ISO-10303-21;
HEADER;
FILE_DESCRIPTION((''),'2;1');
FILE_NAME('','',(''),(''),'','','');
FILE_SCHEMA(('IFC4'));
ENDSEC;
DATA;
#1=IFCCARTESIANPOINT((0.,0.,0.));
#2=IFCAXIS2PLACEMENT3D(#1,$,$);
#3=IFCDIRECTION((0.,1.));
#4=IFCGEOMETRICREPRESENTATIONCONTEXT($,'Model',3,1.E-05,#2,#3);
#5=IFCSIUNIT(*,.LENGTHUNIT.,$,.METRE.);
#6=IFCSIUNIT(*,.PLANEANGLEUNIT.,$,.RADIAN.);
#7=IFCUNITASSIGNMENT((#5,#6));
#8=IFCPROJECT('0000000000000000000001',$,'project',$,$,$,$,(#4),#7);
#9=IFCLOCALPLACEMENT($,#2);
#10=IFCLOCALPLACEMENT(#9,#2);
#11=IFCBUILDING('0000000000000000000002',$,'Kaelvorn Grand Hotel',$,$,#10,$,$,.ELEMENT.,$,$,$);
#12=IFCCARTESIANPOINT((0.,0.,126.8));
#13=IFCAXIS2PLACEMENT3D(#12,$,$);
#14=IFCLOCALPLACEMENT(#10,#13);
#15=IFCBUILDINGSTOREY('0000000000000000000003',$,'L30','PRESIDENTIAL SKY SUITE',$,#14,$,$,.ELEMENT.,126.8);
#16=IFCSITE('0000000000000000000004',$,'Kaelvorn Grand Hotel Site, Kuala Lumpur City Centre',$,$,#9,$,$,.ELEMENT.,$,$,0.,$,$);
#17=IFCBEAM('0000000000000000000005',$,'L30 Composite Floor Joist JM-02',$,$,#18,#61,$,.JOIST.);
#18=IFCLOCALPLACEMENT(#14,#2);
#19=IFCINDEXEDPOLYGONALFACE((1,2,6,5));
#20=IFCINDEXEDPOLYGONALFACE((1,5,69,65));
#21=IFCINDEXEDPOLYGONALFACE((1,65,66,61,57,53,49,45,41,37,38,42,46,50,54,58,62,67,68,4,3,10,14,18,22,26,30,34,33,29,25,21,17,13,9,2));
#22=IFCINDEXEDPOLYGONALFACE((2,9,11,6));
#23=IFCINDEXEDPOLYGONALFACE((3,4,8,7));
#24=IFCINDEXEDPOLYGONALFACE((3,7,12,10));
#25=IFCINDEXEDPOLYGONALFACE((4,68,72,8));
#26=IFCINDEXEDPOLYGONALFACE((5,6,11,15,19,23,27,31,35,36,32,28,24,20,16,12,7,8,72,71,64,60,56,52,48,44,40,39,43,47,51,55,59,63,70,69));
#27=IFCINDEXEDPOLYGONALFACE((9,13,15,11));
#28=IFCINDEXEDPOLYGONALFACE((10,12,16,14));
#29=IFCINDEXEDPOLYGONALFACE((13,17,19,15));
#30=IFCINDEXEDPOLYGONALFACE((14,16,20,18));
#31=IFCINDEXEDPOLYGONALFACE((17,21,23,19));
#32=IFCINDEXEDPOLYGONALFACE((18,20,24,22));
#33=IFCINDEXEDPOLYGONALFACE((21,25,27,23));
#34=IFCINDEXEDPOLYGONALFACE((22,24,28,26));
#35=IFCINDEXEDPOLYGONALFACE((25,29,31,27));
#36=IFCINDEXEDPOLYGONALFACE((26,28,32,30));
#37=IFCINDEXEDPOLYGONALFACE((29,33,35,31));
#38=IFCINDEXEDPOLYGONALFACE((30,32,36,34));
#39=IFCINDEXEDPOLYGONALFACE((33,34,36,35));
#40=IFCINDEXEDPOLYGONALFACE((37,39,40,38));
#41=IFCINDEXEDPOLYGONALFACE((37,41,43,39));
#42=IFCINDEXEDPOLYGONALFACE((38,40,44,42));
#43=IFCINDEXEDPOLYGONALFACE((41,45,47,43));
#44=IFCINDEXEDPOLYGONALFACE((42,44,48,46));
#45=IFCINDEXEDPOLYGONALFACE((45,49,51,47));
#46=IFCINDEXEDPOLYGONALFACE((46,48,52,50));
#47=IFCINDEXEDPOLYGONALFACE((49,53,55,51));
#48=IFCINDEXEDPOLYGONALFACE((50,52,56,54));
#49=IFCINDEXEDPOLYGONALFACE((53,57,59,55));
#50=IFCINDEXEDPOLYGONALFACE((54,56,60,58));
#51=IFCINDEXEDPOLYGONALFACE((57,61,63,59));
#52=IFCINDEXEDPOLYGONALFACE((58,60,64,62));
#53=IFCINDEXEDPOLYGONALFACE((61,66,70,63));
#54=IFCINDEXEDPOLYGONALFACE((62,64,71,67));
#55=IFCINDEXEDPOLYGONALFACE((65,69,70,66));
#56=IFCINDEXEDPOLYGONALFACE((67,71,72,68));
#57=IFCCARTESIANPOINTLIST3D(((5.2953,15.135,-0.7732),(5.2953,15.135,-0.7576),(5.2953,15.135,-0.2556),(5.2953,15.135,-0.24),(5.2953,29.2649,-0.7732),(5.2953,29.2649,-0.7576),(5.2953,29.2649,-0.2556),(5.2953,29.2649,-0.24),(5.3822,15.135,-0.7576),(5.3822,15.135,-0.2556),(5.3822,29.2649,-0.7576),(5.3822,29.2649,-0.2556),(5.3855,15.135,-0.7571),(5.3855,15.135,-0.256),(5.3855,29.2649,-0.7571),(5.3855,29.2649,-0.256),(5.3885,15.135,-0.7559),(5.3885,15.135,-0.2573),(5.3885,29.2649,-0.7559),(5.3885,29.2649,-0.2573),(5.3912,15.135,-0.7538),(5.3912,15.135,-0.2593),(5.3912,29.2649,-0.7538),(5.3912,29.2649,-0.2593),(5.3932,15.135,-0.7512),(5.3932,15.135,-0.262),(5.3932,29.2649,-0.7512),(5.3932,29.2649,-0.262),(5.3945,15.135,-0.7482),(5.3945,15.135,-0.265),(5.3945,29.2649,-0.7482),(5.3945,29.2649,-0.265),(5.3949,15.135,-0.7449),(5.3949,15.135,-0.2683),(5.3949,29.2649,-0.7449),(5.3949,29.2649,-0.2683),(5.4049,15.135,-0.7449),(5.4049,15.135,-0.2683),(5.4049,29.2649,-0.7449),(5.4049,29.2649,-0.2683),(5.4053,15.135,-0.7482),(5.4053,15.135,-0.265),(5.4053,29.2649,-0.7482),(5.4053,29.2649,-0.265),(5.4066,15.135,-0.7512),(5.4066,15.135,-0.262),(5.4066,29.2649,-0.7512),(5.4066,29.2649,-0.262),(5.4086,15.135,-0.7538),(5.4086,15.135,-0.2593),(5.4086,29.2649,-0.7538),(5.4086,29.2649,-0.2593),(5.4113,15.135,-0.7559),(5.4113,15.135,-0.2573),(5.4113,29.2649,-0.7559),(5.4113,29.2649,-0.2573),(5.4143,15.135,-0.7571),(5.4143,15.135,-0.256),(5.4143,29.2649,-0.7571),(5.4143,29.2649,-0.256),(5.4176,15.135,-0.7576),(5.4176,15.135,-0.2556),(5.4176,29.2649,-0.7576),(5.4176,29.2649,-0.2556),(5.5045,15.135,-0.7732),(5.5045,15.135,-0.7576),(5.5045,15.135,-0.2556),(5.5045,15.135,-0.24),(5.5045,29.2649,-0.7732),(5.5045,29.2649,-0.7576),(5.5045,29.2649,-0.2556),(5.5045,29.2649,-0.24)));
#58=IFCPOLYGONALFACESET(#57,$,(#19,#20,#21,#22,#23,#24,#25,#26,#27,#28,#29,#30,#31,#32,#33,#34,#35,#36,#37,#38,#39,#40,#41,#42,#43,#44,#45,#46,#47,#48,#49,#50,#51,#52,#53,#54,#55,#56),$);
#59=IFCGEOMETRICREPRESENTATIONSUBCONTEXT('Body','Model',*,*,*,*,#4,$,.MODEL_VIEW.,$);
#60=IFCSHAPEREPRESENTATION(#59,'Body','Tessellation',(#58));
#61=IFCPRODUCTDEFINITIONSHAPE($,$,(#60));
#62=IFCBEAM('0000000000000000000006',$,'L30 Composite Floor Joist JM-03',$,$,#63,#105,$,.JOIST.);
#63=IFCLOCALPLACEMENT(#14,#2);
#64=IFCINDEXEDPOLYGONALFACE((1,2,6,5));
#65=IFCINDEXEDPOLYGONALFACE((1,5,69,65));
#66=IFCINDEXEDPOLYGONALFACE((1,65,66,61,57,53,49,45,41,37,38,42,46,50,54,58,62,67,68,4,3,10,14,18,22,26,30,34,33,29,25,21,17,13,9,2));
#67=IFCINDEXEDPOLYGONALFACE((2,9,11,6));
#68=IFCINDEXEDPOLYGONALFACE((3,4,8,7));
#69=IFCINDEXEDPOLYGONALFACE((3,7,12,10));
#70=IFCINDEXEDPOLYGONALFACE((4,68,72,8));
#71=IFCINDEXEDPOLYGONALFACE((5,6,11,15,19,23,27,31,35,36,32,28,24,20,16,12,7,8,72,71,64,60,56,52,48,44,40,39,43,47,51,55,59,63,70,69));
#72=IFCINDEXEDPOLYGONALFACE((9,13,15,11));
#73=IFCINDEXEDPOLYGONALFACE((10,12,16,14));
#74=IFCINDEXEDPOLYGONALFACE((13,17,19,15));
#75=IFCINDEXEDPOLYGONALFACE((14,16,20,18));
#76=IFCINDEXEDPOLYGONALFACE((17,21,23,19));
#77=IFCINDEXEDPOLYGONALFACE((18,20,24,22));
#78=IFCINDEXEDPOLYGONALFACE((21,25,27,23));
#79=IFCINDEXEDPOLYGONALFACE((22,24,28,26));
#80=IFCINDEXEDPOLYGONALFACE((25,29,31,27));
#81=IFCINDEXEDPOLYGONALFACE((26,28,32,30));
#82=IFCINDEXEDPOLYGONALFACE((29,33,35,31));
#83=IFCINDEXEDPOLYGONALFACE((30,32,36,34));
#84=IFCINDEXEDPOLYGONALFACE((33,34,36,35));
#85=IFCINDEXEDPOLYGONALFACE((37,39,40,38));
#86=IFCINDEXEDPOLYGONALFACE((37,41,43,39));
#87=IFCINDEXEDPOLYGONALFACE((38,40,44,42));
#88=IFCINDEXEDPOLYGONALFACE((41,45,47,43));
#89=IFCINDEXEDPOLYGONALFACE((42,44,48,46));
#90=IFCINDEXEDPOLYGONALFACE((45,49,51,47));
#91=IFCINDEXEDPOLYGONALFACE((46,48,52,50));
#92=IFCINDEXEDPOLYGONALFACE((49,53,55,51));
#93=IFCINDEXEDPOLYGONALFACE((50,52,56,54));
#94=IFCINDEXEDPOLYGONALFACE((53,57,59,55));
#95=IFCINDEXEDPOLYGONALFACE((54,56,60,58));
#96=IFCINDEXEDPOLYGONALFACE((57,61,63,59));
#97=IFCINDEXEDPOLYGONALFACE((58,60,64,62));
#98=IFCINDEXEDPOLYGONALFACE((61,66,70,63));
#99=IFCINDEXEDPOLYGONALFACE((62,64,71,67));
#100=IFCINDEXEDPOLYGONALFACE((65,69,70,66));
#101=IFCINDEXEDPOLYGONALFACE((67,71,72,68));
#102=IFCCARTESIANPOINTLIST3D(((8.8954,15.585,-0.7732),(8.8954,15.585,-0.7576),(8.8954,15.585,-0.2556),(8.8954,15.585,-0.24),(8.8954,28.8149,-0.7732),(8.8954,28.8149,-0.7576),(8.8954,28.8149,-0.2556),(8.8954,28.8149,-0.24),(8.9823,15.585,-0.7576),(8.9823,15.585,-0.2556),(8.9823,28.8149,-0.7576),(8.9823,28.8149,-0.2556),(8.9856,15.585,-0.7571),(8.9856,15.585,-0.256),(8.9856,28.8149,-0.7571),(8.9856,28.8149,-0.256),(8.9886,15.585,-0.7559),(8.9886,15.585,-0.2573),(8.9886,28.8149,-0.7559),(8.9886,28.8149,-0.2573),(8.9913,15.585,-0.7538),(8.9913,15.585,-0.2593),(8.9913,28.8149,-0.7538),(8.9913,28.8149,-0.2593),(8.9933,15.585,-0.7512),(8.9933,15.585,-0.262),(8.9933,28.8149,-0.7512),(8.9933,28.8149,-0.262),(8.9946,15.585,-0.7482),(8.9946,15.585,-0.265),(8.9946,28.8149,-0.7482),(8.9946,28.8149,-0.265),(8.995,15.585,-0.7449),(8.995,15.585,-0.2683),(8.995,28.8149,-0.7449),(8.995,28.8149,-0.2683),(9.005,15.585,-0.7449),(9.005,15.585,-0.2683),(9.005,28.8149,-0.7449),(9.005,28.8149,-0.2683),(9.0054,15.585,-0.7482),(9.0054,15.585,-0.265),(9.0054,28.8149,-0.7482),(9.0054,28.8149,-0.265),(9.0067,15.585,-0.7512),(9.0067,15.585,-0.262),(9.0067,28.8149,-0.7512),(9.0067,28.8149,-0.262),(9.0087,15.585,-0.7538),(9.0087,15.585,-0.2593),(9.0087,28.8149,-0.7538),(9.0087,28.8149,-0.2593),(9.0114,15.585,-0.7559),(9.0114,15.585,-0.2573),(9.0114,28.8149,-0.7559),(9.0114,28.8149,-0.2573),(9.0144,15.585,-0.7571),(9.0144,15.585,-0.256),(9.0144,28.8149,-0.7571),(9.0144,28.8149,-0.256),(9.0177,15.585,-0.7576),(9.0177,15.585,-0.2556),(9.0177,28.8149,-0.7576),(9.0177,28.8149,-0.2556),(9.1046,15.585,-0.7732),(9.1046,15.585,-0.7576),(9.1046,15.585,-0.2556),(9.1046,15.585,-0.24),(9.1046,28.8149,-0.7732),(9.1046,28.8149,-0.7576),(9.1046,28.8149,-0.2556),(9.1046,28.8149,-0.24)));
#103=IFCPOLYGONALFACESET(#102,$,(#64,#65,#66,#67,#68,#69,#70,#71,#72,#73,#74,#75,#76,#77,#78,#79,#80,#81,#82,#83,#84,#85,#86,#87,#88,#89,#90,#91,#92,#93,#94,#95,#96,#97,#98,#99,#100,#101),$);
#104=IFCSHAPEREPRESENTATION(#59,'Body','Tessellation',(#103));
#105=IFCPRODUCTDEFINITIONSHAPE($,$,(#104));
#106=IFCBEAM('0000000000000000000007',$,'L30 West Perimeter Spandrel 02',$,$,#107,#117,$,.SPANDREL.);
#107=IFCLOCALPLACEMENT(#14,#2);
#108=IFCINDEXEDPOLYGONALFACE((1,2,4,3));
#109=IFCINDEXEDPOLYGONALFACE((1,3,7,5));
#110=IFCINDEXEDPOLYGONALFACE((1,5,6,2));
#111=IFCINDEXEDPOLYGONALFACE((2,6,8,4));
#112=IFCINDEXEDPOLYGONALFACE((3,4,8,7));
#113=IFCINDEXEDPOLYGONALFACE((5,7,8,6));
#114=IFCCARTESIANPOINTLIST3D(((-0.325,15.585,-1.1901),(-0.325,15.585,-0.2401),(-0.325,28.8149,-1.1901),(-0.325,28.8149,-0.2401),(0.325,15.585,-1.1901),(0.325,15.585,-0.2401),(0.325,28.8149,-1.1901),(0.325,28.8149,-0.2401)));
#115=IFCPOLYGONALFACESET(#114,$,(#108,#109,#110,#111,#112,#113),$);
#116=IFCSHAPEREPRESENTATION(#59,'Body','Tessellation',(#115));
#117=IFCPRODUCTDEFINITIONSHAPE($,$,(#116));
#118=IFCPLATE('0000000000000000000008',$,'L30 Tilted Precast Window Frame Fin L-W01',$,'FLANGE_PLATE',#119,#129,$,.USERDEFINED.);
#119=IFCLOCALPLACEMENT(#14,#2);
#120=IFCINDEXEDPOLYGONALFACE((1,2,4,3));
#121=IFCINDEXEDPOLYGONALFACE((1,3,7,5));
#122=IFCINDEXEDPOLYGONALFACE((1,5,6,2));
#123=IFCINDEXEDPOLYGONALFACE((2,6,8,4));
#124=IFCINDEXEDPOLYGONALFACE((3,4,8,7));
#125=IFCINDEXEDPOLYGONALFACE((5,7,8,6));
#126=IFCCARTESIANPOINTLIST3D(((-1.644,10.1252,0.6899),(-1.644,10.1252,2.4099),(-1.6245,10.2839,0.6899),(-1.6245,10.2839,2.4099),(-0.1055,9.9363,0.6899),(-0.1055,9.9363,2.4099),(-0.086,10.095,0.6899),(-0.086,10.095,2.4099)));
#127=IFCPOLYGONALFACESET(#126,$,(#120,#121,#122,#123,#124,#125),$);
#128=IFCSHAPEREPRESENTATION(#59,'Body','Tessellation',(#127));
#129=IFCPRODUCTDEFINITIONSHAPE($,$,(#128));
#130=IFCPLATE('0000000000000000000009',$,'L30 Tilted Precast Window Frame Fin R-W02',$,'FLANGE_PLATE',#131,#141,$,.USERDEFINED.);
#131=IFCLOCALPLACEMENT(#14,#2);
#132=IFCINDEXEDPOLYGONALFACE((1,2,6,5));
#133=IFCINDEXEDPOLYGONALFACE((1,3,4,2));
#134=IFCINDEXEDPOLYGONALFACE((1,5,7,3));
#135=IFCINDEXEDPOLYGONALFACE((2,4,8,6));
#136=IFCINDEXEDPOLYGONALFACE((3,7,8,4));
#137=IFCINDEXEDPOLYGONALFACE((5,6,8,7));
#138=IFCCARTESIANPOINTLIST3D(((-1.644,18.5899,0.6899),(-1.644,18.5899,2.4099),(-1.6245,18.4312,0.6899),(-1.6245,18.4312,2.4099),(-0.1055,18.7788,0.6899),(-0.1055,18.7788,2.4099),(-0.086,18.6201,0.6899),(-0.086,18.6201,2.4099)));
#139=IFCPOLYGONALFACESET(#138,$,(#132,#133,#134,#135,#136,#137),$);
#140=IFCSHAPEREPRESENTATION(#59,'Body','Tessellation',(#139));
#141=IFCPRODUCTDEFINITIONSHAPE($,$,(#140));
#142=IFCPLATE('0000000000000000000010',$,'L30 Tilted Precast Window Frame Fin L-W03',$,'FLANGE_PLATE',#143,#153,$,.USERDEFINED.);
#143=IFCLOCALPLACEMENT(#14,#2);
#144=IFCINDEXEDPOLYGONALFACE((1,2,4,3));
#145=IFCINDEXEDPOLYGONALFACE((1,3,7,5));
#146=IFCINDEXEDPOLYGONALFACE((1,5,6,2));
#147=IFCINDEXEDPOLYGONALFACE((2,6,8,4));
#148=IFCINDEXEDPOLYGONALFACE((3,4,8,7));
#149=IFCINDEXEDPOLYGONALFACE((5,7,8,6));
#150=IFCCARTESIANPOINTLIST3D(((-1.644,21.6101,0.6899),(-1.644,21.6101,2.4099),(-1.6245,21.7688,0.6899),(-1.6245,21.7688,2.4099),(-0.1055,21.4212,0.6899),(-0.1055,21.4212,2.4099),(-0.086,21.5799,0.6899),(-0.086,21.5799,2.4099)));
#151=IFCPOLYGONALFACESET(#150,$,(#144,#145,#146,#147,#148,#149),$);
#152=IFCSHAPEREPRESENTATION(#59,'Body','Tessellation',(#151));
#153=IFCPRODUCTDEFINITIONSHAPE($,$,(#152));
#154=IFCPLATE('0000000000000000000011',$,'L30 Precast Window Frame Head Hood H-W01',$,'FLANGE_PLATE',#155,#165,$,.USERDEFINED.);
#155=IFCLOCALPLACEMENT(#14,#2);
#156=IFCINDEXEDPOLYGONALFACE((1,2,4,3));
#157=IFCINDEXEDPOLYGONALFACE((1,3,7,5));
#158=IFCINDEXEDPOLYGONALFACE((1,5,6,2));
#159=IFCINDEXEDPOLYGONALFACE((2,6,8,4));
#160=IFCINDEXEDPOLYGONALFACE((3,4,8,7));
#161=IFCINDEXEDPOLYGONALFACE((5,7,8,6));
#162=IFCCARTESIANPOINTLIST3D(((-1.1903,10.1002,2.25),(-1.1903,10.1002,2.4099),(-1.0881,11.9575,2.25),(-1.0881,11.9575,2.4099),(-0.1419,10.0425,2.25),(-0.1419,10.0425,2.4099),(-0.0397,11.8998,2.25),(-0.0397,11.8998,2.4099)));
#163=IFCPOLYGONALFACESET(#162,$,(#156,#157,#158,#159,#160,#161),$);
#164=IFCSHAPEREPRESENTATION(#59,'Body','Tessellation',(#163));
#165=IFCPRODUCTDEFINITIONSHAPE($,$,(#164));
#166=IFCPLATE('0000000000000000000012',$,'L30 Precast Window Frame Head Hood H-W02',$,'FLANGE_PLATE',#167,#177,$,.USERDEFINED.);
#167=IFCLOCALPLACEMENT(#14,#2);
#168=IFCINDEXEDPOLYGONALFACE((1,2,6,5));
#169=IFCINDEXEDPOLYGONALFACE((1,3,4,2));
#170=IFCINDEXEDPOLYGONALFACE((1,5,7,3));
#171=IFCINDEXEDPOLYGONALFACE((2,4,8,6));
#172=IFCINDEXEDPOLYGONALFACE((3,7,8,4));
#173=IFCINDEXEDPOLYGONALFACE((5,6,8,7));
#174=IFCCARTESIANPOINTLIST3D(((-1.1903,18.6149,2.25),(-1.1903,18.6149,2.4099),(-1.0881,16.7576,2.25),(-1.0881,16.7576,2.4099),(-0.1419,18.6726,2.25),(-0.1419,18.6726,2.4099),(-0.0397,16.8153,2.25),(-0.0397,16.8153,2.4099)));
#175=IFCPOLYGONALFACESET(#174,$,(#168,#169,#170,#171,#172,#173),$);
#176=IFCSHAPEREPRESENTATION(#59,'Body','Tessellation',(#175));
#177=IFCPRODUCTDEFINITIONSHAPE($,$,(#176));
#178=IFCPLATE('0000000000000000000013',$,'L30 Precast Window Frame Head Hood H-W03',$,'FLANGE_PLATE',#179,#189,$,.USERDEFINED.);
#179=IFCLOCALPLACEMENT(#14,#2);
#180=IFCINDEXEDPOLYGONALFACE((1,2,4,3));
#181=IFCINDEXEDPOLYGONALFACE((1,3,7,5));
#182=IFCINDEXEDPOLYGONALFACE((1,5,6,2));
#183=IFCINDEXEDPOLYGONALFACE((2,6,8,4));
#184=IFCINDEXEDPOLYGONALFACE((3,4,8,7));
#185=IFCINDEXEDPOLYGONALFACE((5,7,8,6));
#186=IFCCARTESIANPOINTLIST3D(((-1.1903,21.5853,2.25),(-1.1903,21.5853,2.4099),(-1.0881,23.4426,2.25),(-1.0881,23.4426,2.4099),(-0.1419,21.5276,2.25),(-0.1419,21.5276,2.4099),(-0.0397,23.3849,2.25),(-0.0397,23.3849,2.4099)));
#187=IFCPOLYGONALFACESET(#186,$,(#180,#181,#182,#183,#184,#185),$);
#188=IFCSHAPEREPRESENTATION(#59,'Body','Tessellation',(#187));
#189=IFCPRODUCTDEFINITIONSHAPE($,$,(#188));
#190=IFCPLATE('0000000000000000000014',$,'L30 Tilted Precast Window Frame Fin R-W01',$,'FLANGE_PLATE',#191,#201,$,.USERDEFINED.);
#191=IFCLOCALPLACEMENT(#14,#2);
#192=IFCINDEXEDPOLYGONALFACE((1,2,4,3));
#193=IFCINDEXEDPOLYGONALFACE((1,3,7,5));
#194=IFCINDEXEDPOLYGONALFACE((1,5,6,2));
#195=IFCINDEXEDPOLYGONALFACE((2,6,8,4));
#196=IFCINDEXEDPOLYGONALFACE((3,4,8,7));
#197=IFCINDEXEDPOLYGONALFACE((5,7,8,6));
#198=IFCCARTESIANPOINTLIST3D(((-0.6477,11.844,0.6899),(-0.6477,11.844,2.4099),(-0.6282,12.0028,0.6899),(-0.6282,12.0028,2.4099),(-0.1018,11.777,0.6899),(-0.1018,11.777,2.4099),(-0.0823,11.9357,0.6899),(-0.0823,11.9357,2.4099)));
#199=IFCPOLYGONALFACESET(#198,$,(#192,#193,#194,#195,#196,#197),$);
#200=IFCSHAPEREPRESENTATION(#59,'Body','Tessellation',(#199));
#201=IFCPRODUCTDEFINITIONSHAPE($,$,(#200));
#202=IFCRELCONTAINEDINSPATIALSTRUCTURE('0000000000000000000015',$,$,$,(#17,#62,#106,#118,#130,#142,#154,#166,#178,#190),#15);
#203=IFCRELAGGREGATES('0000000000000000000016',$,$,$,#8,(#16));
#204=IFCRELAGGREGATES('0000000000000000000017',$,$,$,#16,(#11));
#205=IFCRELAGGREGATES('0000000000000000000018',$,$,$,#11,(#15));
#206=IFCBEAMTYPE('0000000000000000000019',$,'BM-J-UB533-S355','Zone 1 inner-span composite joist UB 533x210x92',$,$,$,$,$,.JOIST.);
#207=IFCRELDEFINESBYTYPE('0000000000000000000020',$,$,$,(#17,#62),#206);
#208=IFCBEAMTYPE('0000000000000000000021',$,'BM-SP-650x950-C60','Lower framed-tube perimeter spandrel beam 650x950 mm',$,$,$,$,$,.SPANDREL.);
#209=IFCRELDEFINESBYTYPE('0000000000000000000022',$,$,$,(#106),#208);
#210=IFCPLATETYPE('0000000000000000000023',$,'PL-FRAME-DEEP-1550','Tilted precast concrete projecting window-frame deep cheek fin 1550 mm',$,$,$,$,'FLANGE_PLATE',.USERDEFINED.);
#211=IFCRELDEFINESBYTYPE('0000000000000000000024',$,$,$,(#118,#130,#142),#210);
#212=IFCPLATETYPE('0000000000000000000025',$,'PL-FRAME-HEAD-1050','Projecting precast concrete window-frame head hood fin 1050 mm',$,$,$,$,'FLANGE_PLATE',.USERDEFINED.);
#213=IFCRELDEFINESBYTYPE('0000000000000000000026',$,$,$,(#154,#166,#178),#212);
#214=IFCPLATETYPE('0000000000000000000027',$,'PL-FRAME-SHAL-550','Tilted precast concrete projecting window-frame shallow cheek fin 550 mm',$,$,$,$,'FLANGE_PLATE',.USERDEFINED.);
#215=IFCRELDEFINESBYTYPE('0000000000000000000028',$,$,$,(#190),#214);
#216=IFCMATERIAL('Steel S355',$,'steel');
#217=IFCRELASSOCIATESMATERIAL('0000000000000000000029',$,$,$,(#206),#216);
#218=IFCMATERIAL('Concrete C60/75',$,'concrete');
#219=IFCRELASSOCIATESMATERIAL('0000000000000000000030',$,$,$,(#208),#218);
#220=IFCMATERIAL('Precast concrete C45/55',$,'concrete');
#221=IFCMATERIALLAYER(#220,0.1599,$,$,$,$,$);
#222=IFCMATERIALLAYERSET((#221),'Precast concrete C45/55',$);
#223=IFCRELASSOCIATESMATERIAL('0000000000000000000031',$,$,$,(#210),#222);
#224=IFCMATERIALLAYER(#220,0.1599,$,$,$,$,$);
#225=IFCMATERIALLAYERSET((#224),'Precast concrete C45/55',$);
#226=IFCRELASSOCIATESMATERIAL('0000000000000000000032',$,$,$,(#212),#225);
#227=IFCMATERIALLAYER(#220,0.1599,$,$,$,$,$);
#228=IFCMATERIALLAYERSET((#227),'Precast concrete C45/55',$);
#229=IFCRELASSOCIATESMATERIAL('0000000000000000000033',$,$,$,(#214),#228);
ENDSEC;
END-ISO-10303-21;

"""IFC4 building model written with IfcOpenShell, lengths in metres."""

from ifc_helpers import new_model, si_unit, direction, frame, origin, origin_2d, place, context, subcontext, project, spatial, rectangle, i_section, extrude, material, layer, layer_set, material_profile, profile_set, type_object, element, save


model = new_model("IFC4")

# Units and contexts
model_context = context("Model", 3, precision=1e-05, world=origin(), true_north=direction((0.0, 1.0)))
body_context = subcontext(model_context, "Body", "Model", "MODEL_VIEW")
ifc_project = project(units=[si_unit("LENGTHUNIT", "METRE"), si_unit("PLANEANGLEUNIT", "RADIAN")], contexts=[model_context])

# Site, building, storey
site_placement = place(None, origin())
site = spatial("IfcSite", under=ifc_project, at=site_placement, Name="Kaelvorn Grand Hotel Site, Kuala Lumpur City Centre", CompositionType="ELEMENT", RefElevation=0.0)
building_placement = place(site_placement, origin())
building = spatial("IfcBuilding", under=site, at=building_placement, Name="Kaelvorn Grand Hotel", CompositionType="ELEMENT")
storey_placement = place(building_placement, frame((0.0, 0.0, 126.8)))
storey = spatial("IfcBuildingStorey", under=building, at=storey_placement, Name="L30", Description="PRESIDENTIAL SKY SUITE", CompositionType="ELEMENT", Elevation=126.8)

# Shared definitions
ifc_material_1 = material(Name="Concrete C60/75", Category="concrete")

# Beams
ifc_material_2 = material(Name="Steel S355", Category="steel")
ifc_material_profile_1 = material_profile(ifc_material_2, i_section(OverallWidth=0.2092, OverallDepth=0.5332, WebThickness=0.01, FlangeThickness=0.0156, FilletRadius=0.0127, at=origin_2d()), Name="UB 533x210x92")
ifc_profile_set_1 = profile_set([ifc_material_profile_1], Name="Steel S355")
beam_type_1 = type_object("IfcBeamType", Name="BM-J-UB533-S355", Description="Zone 1 inner-span composite joist UB 533x210x92", PredefinedType="JOIST", material=ifc_profile_set_1)
beam_1_placement = place(storey_placement, frame((5.3999, 15.135, -0.5066), z_axis=(0.0, 1.0, 0.0), x_axis=(-1.0, 0.0, 0.0)))
element("IfcBeam", 1, at=beam_1_placement, inside=storey, type_object=beam_type_1, Name="L30 Composite Floor Joist JM-02", PredefinedType="JOIST", context=body_context, shape_type="SweptSolid", body=[
    extrude(i_section(OverallWidth=0.2092, OverallDepth=0.5332, WebThickness=0.01, FlangeThickness=0.0156, FilletRadius=0.0127, at=origin_2d()), origin(), (0.0, 0.0, 1.0), 14.1299),
])
beam_2_placement = place(storey_placement, frame((9.0, 15.585, -0.5066), z_axis=(0.0, 1.0, 0.0), x_axis=(-1.0, 0.0, 0.0)))
element("IfcBeam", 2, at=beam_2_placement, inside=storey, type_object=beam_type_1, Name="L30 Composite Floor Joist JM-03", PredefinedType="JOIST", context=body_context, shape_type="SweptSolid", body=[
    extrude(i_section(OverallWidth=0.2092, OverallDepth=0.5332, WebThickness=0.01, FlangeThickness=0.0156, FilletRadius=0.0127, at=origin_2d()), origin(), (0.0, 0.0, 1.0), 13.23),
])
ifc_material_profile_2 = material_profile(ifc_material_1, rectangle(XDim=0.6499, YDim=0.95, at=origin_2d()), Name="RC SPANDREL 650x950")
ifc_profile_set_2 = profile_set([ifc_material_profile_2], Name="Concrete C60/75")
beam_type_2 = type_object("IfcBeamType", Name="BM-SP-650x950-C60", Description="Lower framed-tube perimeter spandrel beam 650x950 mm", PredefinedType="SPANDREL", material=ifc_profile_set_2)
beam_3_placement = place(storey_placement, frame((0.0, 15.585, -0.7151), z_axis=(0.0, 1.0, 0.0), x_axis=(-1.0, 0.0, 0.0)))
element("IfcBeam", 3, at=beam_3_placement, inside=storey, type_object=beam_type_2, Name="L30 West Perimeter Spandrel 02", PredefinedType="SPANDREL", context=body_context, shape_type="SweptSolid", body=[
    extrude(rectangle(XDim=0.6499, YDim=0.95, at=origin_2d()), origin(), (0.0, 0.0, 1.0), 13.23),
])

# Plates
ifc_material_3 = material(Name="Precast concrete C45/55", Category="concrete")
ifc_layer_1 = layer(ifc_material_3, 0.1599)
ifc_layer_set_1 = layer_set([ifc_layer_1], Name="Precast concrete C45/55")
plate_type_1 = type_object("IfcPlateType", Name="PL-FRAME-DEEP-1550", Description="Tilted precast concrete projecting window-frame deep cheek fin 1550 mm", ElementType="FLANGE_PLATE", PredefinedType="USERDEFINED", material=ifc_layer_set_1)
for number, where, z_axis, x_axis, name in (
    (4, (-0.865, 10.1101, 0.6899), (0.0, 0.0, 1.0), (0.121869, 0.992546, 0.0), "L30 Tilted Precast Window Frame Fin L-W01"),
    (5, (-0.865, 18.605, 0.6899), (0.0, 0.0, 1.0), (-0.121869, 0.992546, 0.0), "L30 Tilted Precast Window Frame Fin R-W02"),
    (6, (-0.865, 21.595, 0.6899), (0.0, 0.0, 1.0), (0.121869, 0.992546, 0.0), "L30 Tilted Precast Window Frame Fin L-W03"),
):
    element("IfcPlate", number, at=place(storey_placement, frame(where, z_axis=z_axis, x_axis=x_axis)), inside=storey, type_object=plate_type_1, Name=name, ObjectType="FLANGE_PLATE", PredefinedType="USERDEFINED", context=body_context, shape_type="SweptSolid", body=[
        extrude(rectangle(XDim=0.1599, YDim=1.55, at=origin_2d()), origin(), (0.0, 0.0, 1.0), 1.72),
    ])
ifc_layer_2 = layer(ifc_material_3, 0.1599)
ifc_layer_set_2 = layer_set([ifc_layer_2], Name="Precast concrete C45/55")
plate_type_2 = type_object("IfcPlateType", Name="PL-FRAME-HEAD-1050", Description="Projecting precast concrete window-frame head hood fin 1050 mm", ElementType="FLANGE_PLATE", PredefinedType="USERDEFINED", material=ifc_layer_set_2)
for number, where, z_axis, x_axis, name in (
    (7, (-0.615, 11.0, 2.25), (0.0, 0.0, 1.0), (0.05495, 0.998489, 0.0), "L30 Precast Window Frame Head Hood H-W01"),
    (8, (-0.615, 17.7151, 2.25), (0.0, 0.0, 1.0), (-0.05495, 0.998489, 0.0), "L30 Precast Window Frame Head Hood H-W02"),
    (9, (-0.615, 22.4851, 2.25), (0.0, 0.0, 1.0), (0.05495, 0.998489, 0.0), "L30 Precast Window Frame Head Hood H-W03"),
):
    element("IfcPlate", number, at=place(storey_placement, frame(where, z_axis=z_axis, x_axis=x_axis)), inside=storey, type_object=plate_type_2, Name=name, ObjectType="FLANGE_PLATE", PredefinedType="USERDEFINED", context=body_context, shape_type="SweptSolid", body=[
        extrude(rectangle(XDim=1.8601, YDim=1.05, at=origin_2d()), origin(), (0.0, 0.0, 1.0), 0.1599),
    ])
ifc_layer_3 = layer(ifc_material_3, 0.1599)
ifc_layer_set_3 = layer_set([ifc_layer_3], Name="Precast concrete C45/55")
plate_type_3 = type_object("IfcPlateType", Name="PL-FRAME-SHAL-550", Description="Tilted precast concrete projecting window-frame shallow cheek fin 550 mm", ElementType="FLANGE_PLATE", PredefinedType="USERDEFINED", material=ifc_layer_set_3)
for number, where, z_axis, x_axis, name in (
    (10, (-0.365, 11.8899, 0.6899), (0.0, 0.0, 1.0), (0.121869, 0.992546, 0.0), "L30 Tilted Precast Window Frame Fin R-W01"),
):
    element("IfcPlate", number, at=place(storey_placement, frame(where, z_axis=z_axis, x_axis=x_axis)), inside=storey, type_object=plate_type_3, Name=name, ObjectType="FLANGE_PLATE", PredefinedType="USERDEFINED", context=body_context, shape_type="SweptSolid", body=[
        extrude(rectangle(XDim=0.1599, YDim=0.55, at=origin_2d()), origin(), (0.0, 0.0, 1.0), 1.72),
    ])

save(model, "model.ifc")
